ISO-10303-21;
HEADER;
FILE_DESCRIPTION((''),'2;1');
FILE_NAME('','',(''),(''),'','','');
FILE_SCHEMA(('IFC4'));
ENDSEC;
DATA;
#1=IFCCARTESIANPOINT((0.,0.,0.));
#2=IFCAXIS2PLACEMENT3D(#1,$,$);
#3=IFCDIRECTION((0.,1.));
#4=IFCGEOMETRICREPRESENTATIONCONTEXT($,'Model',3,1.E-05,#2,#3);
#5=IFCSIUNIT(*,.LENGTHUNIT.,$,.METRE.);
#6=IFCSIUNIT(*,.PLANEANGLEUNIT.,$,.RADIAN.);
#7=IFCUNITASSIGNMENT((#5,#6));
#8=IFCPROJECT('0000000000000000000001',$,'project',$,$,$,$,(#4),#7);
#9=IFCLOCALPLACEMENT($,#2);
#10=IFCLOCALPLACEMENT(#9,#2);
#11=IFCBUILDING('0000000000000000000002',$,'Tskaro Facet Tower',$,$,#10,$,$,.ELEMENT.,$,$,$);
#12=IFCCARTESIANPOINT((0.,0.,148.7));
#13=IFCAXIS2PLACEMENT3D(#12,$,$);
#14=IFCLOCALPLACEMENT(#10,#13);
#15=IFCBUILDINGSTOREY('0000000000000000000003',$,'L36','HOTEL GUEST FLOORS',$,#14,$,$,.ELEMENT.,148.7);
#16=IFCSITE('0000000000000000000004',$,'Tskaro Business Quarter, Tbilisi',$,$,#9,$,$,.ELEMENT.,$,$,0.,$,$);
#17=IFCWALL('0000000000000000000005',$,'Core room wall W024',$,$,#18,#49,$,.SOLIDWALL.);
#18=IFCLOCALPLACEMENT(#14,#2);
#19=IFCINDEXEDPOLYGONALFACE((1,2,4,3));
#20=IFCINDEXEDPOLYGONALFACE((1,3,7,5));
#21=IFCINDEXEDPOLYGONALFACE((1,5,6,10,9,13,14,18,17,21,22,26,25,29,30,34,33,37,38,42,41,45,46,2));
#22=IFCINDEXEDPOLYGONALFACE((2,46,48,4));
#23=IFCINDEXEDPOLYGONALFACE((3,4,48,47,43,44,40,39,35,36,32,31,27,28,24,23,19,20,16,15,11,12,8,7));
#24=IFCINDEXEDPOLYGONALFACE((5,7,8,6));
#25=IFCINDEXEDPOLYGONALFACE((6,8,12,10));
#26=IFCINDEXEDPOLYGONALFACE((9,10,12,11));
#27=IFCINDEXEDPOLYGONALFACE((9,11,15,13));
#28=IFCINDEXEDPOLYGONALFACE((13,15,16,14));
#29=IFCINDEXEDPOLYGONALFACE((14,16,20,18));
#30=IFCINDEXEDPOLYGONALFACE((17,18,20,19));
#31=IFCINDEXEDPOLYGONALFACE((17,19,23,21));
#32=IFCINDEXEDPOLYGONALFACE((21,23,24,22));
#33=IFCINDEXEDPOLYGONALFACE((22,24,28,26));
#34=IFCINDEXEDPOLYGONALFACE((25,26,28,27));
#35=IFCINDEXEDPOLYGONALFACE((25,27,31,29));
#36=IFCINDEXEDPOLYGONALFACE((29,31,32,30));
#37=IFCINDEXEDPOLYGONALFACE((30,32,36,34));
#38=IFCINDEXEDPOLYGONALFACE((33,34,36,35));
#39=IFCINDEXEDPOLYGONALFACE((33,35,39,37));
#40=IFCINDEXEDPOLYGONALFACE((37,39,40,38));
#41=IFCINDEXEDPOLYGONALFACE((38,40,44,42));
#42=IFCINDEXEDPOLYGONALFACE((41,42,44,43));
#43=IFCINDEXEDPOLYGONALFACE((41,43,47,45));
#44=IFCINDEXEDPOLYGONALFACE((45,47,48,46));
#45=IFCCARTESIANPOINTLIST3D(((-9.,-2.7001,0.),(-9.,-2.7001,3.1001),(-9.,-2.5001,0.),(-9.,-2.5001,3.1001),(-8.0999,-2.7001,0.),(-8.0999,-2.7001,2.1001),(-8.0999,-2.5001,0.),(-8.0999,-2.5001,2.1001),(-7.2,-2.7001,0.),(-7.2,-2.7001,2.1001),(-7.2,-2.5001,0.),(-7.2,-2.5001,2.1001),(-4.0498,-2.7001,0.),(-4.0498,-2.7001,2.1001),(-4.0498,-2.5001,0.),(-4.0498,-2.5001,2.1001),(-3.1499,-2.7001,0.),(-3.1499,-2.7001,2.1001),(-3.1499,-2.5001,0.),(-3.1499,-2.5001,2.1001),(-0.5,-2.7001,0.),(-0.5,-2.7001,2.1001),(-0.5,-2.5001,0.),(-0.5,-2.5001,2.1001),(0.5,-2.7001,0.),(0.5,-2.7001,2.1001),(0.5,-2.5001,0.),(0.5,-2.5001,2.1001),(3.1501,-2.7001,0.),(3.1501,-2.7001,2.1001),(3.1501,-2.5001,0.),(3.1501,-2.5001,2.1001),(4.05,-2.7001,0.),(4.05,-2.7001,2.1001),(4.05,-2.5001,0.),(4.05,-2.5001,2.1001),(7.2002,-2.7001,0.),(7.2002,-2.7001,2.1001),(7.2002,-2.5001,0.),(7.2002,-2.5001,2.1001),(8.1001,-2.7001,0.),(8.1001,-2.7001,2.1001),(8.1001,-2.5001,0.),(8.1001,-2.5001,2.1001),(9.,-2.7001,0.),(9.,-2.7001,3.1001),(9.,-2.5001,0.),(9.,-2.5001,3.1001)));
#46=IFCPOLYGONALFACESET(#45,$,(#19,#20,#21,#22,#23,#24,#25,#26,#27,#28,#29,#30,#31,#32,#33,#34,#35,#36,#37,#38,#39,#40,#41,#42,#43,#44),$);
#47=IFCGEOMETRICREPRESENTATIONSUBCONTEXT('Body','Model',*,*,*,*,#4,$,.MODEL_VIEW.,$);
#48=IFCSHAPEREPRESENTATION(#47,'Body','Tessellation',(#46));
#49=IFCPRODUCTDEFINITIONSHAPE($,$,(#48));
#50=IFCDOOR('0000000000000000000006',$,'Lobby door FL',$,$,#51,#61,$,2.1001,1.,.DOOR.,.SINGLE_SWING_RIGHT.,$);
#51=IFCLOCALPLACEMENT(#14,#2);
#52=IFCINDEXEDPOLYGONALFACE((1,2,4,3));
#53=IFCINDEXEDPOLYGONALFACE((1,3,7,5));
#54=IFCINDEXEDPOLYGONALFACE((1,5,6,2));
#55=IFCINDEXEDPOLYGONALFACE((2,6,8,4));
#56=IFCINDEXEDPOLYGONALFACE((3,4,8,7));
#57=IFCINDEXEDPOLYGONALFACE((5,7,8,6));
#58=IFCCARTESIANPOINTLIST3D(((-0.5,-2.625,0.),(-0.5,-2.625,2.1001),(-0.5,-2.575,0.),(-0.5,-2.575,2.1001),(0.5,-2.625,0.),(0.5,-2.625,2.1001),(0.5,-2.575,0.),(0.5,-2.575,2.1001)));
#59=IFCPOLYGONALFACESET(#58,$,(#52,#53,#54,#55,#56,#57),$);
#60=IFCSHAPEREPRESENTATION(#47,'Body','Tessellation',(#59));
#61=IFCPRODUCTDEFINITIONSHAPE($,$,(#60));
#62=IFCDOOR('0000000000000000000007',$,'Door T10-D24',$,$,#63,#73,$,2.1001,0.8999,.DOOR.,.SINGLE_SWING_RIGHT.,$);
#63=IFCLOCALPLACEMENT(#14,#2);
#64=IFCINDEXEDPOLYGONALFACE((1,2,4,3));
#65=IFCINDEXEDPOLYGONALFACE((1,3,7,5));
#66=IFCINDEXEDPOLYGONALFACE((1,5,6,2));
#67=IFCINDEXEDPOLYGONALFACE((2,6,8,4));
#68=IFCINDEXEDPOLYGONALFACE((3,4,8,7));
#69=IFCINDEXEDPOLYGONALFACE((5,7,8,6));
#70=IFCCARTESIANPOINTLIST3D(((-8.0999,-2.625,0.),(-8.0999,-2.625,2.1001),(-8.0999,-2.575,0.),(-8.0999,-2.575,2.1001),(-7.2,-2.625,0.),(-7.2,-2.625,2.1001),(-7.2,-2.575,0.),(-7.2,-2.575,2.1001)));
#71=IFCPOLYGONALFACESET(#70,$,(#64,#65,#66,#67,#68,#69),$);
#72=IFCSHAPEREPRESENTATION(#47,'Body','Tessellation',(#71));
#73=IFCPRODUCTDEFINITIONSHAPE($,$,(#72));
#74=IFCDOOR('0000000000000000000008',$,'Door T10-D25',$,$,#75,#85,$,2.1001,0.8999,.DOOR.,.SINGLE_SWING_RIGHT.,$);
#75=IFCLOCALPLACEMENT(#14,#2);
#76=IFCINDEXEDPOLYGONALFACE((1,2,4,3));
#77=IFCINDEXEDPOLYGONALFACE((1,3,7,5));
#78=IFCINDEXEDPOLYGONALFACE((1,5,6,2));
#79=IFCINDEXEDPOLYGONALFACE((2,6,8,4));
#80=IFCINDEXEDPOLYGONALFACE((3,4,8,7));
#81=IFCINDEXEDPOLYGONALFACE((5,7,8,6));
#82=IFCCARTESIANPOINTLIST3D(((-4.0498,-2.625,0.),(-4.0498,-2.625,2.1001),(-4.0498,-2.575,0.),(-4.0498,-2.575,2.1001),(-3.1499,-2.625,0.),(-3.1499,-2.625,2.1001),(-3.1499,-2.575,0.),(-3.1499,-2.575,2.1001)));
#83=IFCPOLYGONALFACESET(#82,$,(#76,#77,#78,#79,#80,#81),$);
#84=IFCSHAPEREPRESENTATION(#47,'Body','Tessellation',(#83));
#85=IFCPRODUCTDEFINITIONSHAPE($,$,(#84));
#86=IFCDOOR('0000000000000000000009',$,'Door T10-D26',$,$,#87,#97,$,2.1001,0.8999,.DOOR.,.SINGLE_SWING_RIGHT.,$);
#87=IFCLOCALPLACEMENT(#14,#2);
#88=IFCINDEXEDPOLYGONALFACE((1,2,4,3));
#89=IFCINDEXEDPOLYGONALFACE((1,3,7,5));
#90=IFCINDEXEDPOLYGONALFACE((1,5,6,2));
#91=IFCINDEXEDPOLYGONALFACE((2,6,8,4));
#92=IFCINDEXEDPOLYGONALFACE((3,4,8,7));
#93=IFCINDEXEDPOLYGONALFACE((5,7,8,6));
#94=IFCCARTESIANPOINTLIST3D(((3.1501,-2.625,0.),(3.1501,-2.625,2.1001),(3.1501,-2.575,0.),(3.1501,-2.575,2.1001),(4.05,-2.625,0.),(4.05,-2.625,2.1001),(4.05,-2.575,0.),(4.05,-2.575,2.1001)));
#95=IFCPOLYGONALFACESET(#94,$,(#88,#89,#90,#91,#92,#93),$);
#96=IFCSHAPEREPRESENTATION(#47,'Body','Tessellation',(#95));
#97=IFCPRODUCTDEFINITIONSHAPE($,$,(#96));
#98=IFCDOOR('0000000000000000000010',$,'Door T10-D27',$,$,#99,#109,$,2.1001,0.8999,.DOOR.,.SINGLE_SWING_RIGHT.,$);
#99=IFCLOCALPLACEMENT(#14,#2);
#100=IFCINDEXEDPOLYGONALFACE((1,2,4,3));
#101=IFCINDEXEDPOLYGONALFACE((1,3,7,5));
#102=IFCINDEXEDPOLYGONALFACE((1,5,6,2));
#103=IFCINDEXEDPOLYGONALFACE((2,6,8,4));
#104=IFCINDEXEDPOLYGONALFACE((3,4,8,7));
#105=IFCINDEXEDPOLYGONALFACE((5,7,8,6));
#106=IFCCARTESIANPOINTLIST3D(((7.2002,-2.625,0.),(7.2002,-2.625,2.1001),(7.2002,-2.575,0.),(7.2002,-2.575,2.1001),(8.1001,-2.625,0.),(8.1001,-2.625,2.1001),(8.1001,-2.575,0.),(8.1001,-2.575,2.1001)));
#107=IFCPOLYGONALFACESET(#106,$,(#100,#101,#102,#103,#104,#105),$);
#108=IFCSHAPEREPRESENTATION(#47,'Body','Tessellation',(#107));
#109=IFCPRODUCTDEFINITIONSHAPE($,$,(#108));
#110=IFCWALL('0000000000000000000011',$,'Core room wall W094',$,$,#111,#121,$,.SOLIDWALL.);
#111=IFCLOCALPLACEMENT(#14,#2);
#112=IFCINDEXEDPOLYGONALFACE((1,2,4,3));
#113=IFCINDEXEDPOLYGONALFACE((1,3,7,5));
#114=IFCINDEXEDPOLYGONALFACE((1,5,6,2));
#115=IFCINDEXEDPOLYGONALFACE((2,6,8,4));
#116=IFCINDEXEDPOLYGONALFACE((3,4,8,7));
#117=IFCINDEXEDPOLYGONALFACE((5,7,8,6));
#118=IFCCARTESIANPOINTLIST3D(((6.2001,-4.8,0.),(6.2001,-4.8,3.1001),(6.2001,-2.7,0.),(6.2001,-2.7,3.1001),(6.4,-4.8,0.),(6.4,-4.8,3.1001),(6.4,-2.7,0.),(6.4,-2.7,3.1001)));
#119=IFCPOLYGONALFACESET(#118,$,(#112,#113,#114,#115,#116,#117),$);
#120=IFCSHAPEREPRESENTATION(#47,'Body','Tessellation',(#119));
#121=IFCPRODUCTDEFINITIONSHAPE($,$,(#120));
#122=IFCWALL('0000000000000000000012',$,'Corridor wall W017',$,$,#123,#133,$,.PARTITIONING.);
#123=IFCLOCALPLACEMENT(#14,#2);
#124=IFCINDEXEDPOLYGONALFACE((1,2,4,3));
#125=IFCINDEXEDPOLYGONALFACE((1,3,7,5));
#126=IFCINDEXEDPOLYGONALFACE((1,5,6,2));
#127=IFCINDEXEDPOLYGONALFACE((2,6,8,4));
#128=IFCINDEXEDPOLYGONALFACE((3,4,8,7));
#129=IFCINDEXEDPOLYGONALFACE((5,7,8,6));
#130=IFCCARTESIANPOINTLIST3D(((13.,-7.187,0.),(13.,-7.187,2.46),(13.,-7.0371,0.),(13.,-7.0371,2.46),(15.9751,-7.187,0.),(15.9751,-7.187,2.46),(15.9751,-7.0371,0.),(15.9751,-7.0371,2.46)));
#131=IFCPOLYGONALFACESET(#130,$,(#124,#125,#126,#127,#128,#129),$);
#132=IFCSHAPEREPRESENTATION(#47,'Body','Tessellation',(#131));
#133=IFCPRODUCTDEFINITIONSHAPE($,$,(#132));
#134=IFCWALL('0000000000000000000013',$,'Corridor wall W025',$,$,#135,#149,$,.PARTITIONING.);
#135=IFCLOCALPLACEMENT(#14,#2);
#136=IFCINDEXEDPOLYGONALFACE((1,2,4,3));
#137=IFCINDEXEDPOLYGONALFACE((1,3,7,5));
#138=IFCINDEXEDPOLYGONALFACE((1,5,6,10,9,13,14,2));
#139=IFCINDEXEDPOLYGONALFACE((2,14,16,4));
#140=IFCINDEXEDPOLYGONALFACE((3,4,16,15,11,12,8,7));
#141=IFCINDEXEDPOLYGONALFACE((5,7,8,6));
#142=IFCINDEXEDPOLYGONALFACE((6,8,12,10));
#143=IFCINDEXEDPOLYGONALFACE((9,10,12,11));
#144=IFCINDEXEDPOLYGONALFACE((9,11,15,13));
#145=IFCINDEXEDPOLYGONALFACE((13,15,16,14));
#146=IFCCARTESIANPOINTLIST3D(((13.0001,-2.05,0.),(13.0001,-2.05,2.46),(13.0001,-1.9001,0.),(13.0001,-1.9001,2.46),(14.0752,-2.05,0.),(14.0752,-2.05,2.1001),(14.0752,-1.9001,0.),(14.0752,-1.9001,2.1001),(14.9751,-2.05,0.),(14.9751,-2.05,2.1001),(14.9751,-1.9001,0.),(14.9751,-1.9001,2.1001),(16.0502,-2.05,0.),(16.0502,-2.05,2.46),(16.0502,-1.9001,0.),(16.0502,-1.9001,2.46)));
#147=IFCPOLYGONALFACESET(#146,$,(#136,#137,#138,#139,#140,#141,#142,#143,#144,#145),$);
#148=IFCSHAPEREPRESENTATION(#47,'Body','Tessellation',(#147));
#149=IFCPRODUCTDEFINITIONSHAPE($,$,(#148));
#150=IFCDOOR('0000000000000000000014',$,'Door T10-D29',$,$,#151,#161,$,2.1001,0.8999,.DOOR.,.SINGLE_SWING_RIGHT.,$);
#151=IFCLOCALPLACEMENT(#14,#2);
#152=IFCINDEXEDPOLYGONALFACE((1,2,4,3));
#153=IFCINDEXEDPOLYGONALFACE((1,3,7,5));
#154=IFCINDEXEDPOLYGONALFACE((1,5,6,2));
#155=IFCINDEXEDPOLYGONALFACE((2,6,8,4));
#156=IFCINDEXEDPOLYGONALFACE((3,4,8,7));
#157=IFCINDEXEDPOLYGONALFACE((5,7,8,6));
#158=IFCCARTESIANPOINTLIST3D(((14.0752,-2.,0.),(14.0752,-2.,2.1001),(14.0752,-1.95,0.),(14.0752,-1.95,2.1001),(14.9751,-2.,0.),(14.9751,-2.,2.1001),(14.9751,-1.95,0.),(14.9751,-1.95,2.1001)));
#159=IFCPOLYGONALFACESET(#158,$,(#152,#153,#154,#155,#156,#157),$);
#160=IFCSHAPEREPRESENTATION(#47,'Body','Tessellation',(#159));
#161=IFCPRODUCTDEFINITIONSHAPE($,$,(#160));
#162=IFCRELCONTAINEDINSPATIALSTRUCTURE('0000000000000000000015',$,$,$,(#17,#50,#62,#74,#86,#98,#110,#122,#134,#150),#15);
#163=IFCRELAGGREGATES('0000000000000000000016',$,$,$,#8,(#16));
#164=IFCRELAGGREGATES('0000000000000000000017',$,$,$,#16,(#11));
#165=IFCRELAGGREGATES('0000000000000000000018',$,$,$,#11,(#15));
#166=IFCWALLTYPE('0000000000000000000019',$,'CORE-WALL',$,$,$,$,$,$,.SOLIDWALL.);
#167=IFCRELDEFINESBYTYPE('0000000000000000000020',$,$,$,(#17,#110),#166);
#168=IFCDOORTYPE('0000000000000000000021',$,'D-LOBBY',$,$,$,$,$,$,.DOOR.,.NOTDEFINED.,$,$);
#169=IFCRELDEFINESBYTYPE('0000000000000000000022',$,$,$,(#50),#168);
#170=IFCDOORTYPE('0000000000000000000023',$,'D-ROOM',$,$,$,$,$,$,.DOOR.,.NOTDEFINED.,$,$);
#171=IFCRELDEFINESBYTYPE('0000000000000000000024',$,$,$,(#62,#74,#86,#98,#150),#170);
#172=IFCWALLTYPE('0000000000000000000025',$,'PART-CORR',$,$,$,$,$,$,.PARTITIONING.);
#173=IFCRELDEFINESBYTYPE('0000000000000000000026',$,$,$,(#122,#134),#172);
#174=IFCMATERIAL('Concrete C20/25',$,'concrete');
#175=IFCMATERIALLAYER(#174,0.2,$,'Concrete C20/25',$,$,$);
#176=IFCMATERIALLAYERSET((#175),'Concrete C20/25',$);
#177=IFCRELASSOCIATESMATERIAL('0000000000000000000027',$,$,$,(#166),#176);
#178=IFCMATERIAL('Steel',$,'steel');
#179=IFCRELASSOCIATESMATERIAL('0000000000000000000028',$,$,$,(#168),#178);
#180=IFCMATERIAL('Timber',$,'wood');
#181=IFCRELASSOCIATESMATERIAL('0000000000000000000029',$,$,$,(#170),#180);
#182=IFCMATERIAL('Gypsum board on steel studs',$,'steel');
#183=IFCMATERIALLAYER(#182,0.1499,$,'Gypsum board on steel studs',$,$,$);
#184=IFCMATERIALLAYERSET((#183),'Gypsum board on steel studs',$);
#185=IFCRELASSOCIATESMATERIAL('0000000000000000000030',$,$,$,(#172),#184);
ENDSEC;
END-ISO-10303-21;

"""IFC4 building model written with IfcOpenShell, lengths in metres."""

from ifc_helpers import new_model, si_unit, direction, frame, frame_2d, origin, place, context, subcontext, project, spatial, rectangle, extrude, material, layer, layer_set, type_object, element, fill, save


model = new_model("IFC4")

# Units and contexts
model_context = context("Model", 3, precision=1e-05, world=origin(), true_north=direction((0.0, 1.0)))
body_context = subcontext(model_context, "Body", "Model", "MODEL_VIEW")
ifc_project = project(units=[si_unit("LENGTHUNIT", "METRE"), si_unit("PLANEANGLEUNIT", "RADIAN")], contexts=[model_context])

# Site, building, storey
site_placement = place(None, origin())
site = spatial("IfcSite", under=ifc_project, at=site_placement, Name="Tskaro Business Quarter, Tbilisi", CompositionType="ELEMENT", RefElevation=0.0)
building_placement = place(site_placement, origin())
building = spatial("IfcBuilding", under=site, at=building_placement, Name="Tskaro Facet Tower", CompositionType="ELEMENT")
storey_placement = place(building_placement, frame((0.0, 0.0, 148.7)))
storey = spatial("IfcBuildingStorey", under=building, at=storey_placement, Name="L36", Description="HOTEL GUEST FLOORS", CompositionType="ELEMENT", Elevation=148.7)

# Shared definitions
ifc_material_1 = material(Name="Steel", Category="steel")

# Wall, openings, doors
ifc_material_2 = material(Name="Concrete C20/25", Category="concrete")
ifc_layer_1 = layer(ifc_material_2, 0.2, Name="Concrete C20/25")
ifc_layer_set_1 = layer_set([ifc_layer_1], Name="Concrete C20/25")
wall_type_1 = type_object("IfcWallType", Name="CORE-WALL", PredefinedType="SOLIDWALL", material=ifc_layer_set_1)
wall_1_placement = place(storey_placement, frame((9.0, -2.6001, 0.0), z_axis=(0.0, 0.0, 1.0), x_axis=(-1.0, 0.0, 0.0)))
wall_1 = element("IfcWall", 1, at=wall_1_placement, inside=storey, type_object=wall_type_1, Name="Core room wall W024", PredefinedType="SOLIDWALL", context=body_context, shape_type="SweptSolid", body=[
    extrude(rectangle(XDim=18.0, YDim=0.2, at=frame_2d((9.0, 0.0))), origin(), (0.0, 0.0, 1.0), 3.1001),
])
opening_1_placement = place(wall_1_placement, frame((8.5, 0.0, 0.0)))
opening_1 = element("IfcOpeningElement", 2, at=opening_1_placement, cuts=wall_1, PredefinedType="OPENING", context=body_context, shape_type="SweptSolid", body=[
    extrude(rectangle(XDim=1.0, YDim=2.1001, at=frame_2d((0.5, 1.05))), frame((0.0, 0.1099, 0.0), z_axis=(0.0, -1.0, 0.0), x_axis=(1.0, 0.0, 0.0)), (0.0, 0.0, 1.0), 0.22),
])
opening_2_placement = place(wall_1_placement, frame((16.2, 0.0, 0.0)))
opening_2 = element("IfcOpeningElement", 3, at=opening_2_placement, cuts=wall_1, PredefinedType="OPENING", context=body_context, shape_type="SweptSolid", body=[
    extrude(rectangle(XDim=0.8999, YDim=2.1001, at=frame_2d((0.45, 1.05))), frame((0.0, 0.1099, 0.0), z_axis=(0.0, -1.0, 0.0), x_axis=(1.0, 0.0, 0.0)), (0.0, 0.0, 1.0), 0.22),
])
opening_3_placement = place(wall_1_placement, frame((12.1499, 0.0, 0.0)))
opening_3 = element("IfcOpeningElement", 4, at=opening_3_placement, cuts=wall_1, PredefinedType="OPENING", context=body_context, shape_type="SweptSolid", body=[
    extrude(rectangle(XDim=0.8999, YDim=2.1001, at=frame_2d((0.45, 1.05))), frame((0.0, 0.1099, 0.0), z_axis=(0.0, -1.0, 0.0), x_axis=(1.0, 0.0, 0.0)), (0.0, 0.0, 1.0), 0.22),
])
opening_4_placement = place(wall_1_placement, frame((4.95, 0.0, 0.0)))
opening_4 = element("IfcOpeningElement", 5, at=opening_4_placement, cuts=wall_1, PredefinedType="OPENING", context=body_context, shape_type="SweptSolid", body=[
    extrude(rectangle(XDim=0.8999, YDim=2.1001, at=frame_2d((0.45, 1.05))), frame((0.0, 0.1099, 0.0), z_axis=(0.0, -1.0, 0.0), x_axis=(1.0, 0.0, 0.0)), (0.0, 0.0, 1.0), 0.22),
])
opening_5_placement = place(wall_1_placement, frame((0.8999, 0.0, 0.0)))
opening_5 = element("IfcOpeningElement", 6, at=opening_5_placement, cuts=wall_1, PredefinedType="OPENING", context=body_context, shape_type="SweptSolid", body=[
    extrude(rectangle(XDim=0.8999, YDim=2.1001, at=frame_2d((0.45, 1.05))), frame((0.0, 0.1099, 0.0), z_axis=(0.0, -1.0, 0.0), x_axis=(1.0, 0.0, 0.0)), (0.0, 0.0, 1.0), 0.22),
])
door_type_1 = type_object("IfcDoorType", Name="D-LOBBY", OperationType="NOTDEFINED", PredefinedType="DOOR", material=ifc_material_1)
door_1_placement = place(opening_1_placement, origin())
door_1 = element("IfcDoor", 7, at=door_1_placement, inside=storey, type_object=door_type_1, Name="Lobby door FL", OperationType="SINGLE_SWING_RIGHT", OverallHeight=2.1001, OverallWidth=1.0, PredefinedType="DOOR", context=body_context, shape_type="SweptSolid", body=[
    extrude(rectangle(XDim=1.0, YDim=2.1001, at=frame_2d((0.5, 1.05))), frame((0.0, 0.0249, 0.0), z_axis=(0.0, -1.0, 0.0), x_axis=(1.0, 0.0, 0.0)), (0.0, 0.0, 1.0), 0.05),
])
fill(opening_1, door_1)
ifc_material_3 = material(Name="Timber", Category="wood")
door_type_2 = type_object("IfcDoorType", Name="D-ROOM", OperationType="NOTDEFINED", PredefinedType="DOOR", material=ifc_material_3)
door_2_placement = place(opening_2_placement, origin())
door_2 = element("IfcDoor", 8, at=door_2_placement, inside=storey, type_object=door_type_2, Name="Door T10-D24", OperationType="SINGLE_SWING_RIGHT", OverallHeight=2.1001, OverallWidth=0.8999, PredefinedType="DOOR", context=body_context, shape_type="SweptSolid", body=[
    extrude(rectangle(XDim=0.8999, YDim=2.1001, at=frame_2d((0.45, 1.05))), frame((0.0, 0.0249, 0.0), z_axis=(0.0, -1.0, 0.0), x_axis=(1.0, 0.0, 0.0)), (0.0, 0.0, 1.0), 0.05),
])
fill(opening_2, door_2)
door_3_placement = place(opening_3_placement, origin())
door_3 = element("IfcDoor", 9, at=door_3_placement, inside=storey, type_object=door_type_2, Name="Door T10-D25", OperationType="SINGLE_SWING_RIGHT", OverallHeight=2.1001, OverallWidth=0.8999, PredefinedType="DOOR", context=body_context, shape_type="SweptSolid", body=[
    extrude(rectangle(XDim=0.8999, YDim=2.1001, at=frame_2d((0.45, 1.05))), frame((0.0, 0.0249, 0.0), z_axis=(0.0, -1.0, 0.0), x_axis=(1.0, 0.0, 0.0)), (0.0, 0.0, 1.0), 0.05),
])
fill(opening_3, door_3)
door_4_placement = place(opening_4_placement, origin())
door_4 = element("IfcDoor", 10, at=door_4_placement, inside=storey, type_object=door_type_2, Name="Door T10-D26", OperationType="SINGLE_SWING_RIGHT", OverallHeight=2.1001, OverallWidth=0.8999, PredefinedType="DOOR", context=body_context, shape_type="SweptSolid", body=[
    extrude(rectangle(XDim=0.8999, YDim=2.1001, at=frame_2d((0.45, 1.05))), frame((0.0, 0.0249, 0.0), z_axis=(0.0, -1.0, 0.0), x_axis=(1.0, 0.0, 0.0)), (0.0, 0.0, 1.0), 0.05),
])
fill(opening_4, door_4)
door_5_placement = place(opening_5_placement, origin())
door_5 = element("IfcDoor", 11, at=door_5_placement, inside=storey, type_object=door_type_2, Name="Door T10-D27", OperationType="SINGLE_SWING_RIGHT", OverallHeight=2.1001, OverallWidth=0.8999, PredefinedType="DOOR", context=body_context, shape_type="SweptSolid", body=[
    extrude(rectangle(XDim=0.8999, YDim=2.1001, at=frame_2d((0.45, 1.05))), frame((0.0, 0.0249, 0.0), z_axis=(0.0, -1.0, 0.0), x_axis=(1.0, 0.0, 0.0)), (0.0, 0.0, 1.0), 0.05),
])
fill(opening_5, door_5)

# Walls
wall_2_placement = place(storey_placement, frame((6.3, -4.8, 0.0), z_axis=(0.0, 0.0, 1.0), x_axis=(0.0, 1.0, 0.0)))
element("IfcWall", 12, at=wall_2_placement, inside=storey, type_object=wall_type_1, Name="Core room wall W094", PredefinedType="SOLIDWALL", context=body_context, shape_type="SweptSolid", body=[
    extrude(rectangle(XDim=2.1001, YDim=0.2, at=frame_2d((1.05, 0.0))), origin(), (0.0, 0.0, 1.0), 3.1001),
])
ifc_material_4 = material(Name="Gypsum board on steel studs", Category="steel")
ifc_layer_2 = layer(ifc_material_4, 0.1499, Name="Gypsum board on steel studs")
ifc_layer_set_2 = layer_set([ifc_layer_2], Name="Gypsum board on steel studs")
wall_type_2 = type_object("IfcWallType", Name="PART-CORR", PredefinedType="PARTITIONING", material=ifc_layer_set_2)
wall_3_placement = place(storey_placement, frame((13.0, -7.1121, 0.0), z_axis=(0.0, 0.0, 1.0), x_axis=(1.0, 0.0, 0.0)))
element("IfcWall", 13, at=wall_3_placement, inside=storey, type_object=wall_type_2, Name="Corridor wall W017", PredefinedType="PARTITIONING", context=body_context, shape_type="SweptSolid", body=[
    extrude(rectangle(XDim=2.9751, YDim=0.1499, at=frame_2d((1.4875, 0.0))), origin(), (0.0, 0.0, 1.0), 2.46),
])

# Wall, opening, door
wall_4_placement = place(storey_placement, frame((16.05, -1.9751, 0.0), z_axis=(0.0, 0.0, 1.0), x_axis=(-1.0, 0.0, 0.0)))
wall_4 = element("IfcWall", 14, at=wall_4_placement, inside=storey, type_object=wall_type_2, Name="Corridor wall W025", PredefinedType="PARTITIONING", context=body_context, shape_type="SweptSolid", body=[
    extrude(rectangle(XDim=3.05, YDim=0.1499, at=frame_2d((1.5249, 0.0))), origin(), (0.0, 0.0, 1.0), 2.46),
])
opening_6_placement = place(wall_4_placement, frame((1.075, 0.0, 0.0)))
opening_6 = element("IfcOpeningElement", 15, at=opening_6_placement, cuts=wall_4, PredefinedType="OPENING", context=body_context, shape_type="SweptSolid", body=[
    extrude(rectangle(XDim=0.8999, YDim=2.1001, at=frame_2d((0.45, 1.05))), frame((0.0, 0.085, 0.0), z_axis=(0.0, -1.0, 0.0), x_axis=(1.0, 0.0, 0.0)), (0.0, 0.0, 1.0), 0.1699),
])
door_6_placement = place(opening_6_placement, origin())
door_6 = element("IfcDoor", 16, at=door_6_placement, inside=storey, type_object=door_type_2, Name="Door T10-D29", OperationType="SINGLE_SWING_RIGHT", OverallHeight=2.1001, OverallWidth=0.8999, PredefinedType="DOOR", context=body_context, shape_type="SweptSolid", body=[
    extrude(rectangle(XDim=0.8999, YDim=2.1001, at=frame_2d((0.45, 1.05))), frame((0.0, 0.0249, 0.0), z_axis=(0.0, -1.0, 0.0), x_axis=(1.0, 0.0, 0.0)), (0.0, 0.0, 1.0), 0.05),
])
fill(opening_6, door_6)

save(model, "model.ifc")
